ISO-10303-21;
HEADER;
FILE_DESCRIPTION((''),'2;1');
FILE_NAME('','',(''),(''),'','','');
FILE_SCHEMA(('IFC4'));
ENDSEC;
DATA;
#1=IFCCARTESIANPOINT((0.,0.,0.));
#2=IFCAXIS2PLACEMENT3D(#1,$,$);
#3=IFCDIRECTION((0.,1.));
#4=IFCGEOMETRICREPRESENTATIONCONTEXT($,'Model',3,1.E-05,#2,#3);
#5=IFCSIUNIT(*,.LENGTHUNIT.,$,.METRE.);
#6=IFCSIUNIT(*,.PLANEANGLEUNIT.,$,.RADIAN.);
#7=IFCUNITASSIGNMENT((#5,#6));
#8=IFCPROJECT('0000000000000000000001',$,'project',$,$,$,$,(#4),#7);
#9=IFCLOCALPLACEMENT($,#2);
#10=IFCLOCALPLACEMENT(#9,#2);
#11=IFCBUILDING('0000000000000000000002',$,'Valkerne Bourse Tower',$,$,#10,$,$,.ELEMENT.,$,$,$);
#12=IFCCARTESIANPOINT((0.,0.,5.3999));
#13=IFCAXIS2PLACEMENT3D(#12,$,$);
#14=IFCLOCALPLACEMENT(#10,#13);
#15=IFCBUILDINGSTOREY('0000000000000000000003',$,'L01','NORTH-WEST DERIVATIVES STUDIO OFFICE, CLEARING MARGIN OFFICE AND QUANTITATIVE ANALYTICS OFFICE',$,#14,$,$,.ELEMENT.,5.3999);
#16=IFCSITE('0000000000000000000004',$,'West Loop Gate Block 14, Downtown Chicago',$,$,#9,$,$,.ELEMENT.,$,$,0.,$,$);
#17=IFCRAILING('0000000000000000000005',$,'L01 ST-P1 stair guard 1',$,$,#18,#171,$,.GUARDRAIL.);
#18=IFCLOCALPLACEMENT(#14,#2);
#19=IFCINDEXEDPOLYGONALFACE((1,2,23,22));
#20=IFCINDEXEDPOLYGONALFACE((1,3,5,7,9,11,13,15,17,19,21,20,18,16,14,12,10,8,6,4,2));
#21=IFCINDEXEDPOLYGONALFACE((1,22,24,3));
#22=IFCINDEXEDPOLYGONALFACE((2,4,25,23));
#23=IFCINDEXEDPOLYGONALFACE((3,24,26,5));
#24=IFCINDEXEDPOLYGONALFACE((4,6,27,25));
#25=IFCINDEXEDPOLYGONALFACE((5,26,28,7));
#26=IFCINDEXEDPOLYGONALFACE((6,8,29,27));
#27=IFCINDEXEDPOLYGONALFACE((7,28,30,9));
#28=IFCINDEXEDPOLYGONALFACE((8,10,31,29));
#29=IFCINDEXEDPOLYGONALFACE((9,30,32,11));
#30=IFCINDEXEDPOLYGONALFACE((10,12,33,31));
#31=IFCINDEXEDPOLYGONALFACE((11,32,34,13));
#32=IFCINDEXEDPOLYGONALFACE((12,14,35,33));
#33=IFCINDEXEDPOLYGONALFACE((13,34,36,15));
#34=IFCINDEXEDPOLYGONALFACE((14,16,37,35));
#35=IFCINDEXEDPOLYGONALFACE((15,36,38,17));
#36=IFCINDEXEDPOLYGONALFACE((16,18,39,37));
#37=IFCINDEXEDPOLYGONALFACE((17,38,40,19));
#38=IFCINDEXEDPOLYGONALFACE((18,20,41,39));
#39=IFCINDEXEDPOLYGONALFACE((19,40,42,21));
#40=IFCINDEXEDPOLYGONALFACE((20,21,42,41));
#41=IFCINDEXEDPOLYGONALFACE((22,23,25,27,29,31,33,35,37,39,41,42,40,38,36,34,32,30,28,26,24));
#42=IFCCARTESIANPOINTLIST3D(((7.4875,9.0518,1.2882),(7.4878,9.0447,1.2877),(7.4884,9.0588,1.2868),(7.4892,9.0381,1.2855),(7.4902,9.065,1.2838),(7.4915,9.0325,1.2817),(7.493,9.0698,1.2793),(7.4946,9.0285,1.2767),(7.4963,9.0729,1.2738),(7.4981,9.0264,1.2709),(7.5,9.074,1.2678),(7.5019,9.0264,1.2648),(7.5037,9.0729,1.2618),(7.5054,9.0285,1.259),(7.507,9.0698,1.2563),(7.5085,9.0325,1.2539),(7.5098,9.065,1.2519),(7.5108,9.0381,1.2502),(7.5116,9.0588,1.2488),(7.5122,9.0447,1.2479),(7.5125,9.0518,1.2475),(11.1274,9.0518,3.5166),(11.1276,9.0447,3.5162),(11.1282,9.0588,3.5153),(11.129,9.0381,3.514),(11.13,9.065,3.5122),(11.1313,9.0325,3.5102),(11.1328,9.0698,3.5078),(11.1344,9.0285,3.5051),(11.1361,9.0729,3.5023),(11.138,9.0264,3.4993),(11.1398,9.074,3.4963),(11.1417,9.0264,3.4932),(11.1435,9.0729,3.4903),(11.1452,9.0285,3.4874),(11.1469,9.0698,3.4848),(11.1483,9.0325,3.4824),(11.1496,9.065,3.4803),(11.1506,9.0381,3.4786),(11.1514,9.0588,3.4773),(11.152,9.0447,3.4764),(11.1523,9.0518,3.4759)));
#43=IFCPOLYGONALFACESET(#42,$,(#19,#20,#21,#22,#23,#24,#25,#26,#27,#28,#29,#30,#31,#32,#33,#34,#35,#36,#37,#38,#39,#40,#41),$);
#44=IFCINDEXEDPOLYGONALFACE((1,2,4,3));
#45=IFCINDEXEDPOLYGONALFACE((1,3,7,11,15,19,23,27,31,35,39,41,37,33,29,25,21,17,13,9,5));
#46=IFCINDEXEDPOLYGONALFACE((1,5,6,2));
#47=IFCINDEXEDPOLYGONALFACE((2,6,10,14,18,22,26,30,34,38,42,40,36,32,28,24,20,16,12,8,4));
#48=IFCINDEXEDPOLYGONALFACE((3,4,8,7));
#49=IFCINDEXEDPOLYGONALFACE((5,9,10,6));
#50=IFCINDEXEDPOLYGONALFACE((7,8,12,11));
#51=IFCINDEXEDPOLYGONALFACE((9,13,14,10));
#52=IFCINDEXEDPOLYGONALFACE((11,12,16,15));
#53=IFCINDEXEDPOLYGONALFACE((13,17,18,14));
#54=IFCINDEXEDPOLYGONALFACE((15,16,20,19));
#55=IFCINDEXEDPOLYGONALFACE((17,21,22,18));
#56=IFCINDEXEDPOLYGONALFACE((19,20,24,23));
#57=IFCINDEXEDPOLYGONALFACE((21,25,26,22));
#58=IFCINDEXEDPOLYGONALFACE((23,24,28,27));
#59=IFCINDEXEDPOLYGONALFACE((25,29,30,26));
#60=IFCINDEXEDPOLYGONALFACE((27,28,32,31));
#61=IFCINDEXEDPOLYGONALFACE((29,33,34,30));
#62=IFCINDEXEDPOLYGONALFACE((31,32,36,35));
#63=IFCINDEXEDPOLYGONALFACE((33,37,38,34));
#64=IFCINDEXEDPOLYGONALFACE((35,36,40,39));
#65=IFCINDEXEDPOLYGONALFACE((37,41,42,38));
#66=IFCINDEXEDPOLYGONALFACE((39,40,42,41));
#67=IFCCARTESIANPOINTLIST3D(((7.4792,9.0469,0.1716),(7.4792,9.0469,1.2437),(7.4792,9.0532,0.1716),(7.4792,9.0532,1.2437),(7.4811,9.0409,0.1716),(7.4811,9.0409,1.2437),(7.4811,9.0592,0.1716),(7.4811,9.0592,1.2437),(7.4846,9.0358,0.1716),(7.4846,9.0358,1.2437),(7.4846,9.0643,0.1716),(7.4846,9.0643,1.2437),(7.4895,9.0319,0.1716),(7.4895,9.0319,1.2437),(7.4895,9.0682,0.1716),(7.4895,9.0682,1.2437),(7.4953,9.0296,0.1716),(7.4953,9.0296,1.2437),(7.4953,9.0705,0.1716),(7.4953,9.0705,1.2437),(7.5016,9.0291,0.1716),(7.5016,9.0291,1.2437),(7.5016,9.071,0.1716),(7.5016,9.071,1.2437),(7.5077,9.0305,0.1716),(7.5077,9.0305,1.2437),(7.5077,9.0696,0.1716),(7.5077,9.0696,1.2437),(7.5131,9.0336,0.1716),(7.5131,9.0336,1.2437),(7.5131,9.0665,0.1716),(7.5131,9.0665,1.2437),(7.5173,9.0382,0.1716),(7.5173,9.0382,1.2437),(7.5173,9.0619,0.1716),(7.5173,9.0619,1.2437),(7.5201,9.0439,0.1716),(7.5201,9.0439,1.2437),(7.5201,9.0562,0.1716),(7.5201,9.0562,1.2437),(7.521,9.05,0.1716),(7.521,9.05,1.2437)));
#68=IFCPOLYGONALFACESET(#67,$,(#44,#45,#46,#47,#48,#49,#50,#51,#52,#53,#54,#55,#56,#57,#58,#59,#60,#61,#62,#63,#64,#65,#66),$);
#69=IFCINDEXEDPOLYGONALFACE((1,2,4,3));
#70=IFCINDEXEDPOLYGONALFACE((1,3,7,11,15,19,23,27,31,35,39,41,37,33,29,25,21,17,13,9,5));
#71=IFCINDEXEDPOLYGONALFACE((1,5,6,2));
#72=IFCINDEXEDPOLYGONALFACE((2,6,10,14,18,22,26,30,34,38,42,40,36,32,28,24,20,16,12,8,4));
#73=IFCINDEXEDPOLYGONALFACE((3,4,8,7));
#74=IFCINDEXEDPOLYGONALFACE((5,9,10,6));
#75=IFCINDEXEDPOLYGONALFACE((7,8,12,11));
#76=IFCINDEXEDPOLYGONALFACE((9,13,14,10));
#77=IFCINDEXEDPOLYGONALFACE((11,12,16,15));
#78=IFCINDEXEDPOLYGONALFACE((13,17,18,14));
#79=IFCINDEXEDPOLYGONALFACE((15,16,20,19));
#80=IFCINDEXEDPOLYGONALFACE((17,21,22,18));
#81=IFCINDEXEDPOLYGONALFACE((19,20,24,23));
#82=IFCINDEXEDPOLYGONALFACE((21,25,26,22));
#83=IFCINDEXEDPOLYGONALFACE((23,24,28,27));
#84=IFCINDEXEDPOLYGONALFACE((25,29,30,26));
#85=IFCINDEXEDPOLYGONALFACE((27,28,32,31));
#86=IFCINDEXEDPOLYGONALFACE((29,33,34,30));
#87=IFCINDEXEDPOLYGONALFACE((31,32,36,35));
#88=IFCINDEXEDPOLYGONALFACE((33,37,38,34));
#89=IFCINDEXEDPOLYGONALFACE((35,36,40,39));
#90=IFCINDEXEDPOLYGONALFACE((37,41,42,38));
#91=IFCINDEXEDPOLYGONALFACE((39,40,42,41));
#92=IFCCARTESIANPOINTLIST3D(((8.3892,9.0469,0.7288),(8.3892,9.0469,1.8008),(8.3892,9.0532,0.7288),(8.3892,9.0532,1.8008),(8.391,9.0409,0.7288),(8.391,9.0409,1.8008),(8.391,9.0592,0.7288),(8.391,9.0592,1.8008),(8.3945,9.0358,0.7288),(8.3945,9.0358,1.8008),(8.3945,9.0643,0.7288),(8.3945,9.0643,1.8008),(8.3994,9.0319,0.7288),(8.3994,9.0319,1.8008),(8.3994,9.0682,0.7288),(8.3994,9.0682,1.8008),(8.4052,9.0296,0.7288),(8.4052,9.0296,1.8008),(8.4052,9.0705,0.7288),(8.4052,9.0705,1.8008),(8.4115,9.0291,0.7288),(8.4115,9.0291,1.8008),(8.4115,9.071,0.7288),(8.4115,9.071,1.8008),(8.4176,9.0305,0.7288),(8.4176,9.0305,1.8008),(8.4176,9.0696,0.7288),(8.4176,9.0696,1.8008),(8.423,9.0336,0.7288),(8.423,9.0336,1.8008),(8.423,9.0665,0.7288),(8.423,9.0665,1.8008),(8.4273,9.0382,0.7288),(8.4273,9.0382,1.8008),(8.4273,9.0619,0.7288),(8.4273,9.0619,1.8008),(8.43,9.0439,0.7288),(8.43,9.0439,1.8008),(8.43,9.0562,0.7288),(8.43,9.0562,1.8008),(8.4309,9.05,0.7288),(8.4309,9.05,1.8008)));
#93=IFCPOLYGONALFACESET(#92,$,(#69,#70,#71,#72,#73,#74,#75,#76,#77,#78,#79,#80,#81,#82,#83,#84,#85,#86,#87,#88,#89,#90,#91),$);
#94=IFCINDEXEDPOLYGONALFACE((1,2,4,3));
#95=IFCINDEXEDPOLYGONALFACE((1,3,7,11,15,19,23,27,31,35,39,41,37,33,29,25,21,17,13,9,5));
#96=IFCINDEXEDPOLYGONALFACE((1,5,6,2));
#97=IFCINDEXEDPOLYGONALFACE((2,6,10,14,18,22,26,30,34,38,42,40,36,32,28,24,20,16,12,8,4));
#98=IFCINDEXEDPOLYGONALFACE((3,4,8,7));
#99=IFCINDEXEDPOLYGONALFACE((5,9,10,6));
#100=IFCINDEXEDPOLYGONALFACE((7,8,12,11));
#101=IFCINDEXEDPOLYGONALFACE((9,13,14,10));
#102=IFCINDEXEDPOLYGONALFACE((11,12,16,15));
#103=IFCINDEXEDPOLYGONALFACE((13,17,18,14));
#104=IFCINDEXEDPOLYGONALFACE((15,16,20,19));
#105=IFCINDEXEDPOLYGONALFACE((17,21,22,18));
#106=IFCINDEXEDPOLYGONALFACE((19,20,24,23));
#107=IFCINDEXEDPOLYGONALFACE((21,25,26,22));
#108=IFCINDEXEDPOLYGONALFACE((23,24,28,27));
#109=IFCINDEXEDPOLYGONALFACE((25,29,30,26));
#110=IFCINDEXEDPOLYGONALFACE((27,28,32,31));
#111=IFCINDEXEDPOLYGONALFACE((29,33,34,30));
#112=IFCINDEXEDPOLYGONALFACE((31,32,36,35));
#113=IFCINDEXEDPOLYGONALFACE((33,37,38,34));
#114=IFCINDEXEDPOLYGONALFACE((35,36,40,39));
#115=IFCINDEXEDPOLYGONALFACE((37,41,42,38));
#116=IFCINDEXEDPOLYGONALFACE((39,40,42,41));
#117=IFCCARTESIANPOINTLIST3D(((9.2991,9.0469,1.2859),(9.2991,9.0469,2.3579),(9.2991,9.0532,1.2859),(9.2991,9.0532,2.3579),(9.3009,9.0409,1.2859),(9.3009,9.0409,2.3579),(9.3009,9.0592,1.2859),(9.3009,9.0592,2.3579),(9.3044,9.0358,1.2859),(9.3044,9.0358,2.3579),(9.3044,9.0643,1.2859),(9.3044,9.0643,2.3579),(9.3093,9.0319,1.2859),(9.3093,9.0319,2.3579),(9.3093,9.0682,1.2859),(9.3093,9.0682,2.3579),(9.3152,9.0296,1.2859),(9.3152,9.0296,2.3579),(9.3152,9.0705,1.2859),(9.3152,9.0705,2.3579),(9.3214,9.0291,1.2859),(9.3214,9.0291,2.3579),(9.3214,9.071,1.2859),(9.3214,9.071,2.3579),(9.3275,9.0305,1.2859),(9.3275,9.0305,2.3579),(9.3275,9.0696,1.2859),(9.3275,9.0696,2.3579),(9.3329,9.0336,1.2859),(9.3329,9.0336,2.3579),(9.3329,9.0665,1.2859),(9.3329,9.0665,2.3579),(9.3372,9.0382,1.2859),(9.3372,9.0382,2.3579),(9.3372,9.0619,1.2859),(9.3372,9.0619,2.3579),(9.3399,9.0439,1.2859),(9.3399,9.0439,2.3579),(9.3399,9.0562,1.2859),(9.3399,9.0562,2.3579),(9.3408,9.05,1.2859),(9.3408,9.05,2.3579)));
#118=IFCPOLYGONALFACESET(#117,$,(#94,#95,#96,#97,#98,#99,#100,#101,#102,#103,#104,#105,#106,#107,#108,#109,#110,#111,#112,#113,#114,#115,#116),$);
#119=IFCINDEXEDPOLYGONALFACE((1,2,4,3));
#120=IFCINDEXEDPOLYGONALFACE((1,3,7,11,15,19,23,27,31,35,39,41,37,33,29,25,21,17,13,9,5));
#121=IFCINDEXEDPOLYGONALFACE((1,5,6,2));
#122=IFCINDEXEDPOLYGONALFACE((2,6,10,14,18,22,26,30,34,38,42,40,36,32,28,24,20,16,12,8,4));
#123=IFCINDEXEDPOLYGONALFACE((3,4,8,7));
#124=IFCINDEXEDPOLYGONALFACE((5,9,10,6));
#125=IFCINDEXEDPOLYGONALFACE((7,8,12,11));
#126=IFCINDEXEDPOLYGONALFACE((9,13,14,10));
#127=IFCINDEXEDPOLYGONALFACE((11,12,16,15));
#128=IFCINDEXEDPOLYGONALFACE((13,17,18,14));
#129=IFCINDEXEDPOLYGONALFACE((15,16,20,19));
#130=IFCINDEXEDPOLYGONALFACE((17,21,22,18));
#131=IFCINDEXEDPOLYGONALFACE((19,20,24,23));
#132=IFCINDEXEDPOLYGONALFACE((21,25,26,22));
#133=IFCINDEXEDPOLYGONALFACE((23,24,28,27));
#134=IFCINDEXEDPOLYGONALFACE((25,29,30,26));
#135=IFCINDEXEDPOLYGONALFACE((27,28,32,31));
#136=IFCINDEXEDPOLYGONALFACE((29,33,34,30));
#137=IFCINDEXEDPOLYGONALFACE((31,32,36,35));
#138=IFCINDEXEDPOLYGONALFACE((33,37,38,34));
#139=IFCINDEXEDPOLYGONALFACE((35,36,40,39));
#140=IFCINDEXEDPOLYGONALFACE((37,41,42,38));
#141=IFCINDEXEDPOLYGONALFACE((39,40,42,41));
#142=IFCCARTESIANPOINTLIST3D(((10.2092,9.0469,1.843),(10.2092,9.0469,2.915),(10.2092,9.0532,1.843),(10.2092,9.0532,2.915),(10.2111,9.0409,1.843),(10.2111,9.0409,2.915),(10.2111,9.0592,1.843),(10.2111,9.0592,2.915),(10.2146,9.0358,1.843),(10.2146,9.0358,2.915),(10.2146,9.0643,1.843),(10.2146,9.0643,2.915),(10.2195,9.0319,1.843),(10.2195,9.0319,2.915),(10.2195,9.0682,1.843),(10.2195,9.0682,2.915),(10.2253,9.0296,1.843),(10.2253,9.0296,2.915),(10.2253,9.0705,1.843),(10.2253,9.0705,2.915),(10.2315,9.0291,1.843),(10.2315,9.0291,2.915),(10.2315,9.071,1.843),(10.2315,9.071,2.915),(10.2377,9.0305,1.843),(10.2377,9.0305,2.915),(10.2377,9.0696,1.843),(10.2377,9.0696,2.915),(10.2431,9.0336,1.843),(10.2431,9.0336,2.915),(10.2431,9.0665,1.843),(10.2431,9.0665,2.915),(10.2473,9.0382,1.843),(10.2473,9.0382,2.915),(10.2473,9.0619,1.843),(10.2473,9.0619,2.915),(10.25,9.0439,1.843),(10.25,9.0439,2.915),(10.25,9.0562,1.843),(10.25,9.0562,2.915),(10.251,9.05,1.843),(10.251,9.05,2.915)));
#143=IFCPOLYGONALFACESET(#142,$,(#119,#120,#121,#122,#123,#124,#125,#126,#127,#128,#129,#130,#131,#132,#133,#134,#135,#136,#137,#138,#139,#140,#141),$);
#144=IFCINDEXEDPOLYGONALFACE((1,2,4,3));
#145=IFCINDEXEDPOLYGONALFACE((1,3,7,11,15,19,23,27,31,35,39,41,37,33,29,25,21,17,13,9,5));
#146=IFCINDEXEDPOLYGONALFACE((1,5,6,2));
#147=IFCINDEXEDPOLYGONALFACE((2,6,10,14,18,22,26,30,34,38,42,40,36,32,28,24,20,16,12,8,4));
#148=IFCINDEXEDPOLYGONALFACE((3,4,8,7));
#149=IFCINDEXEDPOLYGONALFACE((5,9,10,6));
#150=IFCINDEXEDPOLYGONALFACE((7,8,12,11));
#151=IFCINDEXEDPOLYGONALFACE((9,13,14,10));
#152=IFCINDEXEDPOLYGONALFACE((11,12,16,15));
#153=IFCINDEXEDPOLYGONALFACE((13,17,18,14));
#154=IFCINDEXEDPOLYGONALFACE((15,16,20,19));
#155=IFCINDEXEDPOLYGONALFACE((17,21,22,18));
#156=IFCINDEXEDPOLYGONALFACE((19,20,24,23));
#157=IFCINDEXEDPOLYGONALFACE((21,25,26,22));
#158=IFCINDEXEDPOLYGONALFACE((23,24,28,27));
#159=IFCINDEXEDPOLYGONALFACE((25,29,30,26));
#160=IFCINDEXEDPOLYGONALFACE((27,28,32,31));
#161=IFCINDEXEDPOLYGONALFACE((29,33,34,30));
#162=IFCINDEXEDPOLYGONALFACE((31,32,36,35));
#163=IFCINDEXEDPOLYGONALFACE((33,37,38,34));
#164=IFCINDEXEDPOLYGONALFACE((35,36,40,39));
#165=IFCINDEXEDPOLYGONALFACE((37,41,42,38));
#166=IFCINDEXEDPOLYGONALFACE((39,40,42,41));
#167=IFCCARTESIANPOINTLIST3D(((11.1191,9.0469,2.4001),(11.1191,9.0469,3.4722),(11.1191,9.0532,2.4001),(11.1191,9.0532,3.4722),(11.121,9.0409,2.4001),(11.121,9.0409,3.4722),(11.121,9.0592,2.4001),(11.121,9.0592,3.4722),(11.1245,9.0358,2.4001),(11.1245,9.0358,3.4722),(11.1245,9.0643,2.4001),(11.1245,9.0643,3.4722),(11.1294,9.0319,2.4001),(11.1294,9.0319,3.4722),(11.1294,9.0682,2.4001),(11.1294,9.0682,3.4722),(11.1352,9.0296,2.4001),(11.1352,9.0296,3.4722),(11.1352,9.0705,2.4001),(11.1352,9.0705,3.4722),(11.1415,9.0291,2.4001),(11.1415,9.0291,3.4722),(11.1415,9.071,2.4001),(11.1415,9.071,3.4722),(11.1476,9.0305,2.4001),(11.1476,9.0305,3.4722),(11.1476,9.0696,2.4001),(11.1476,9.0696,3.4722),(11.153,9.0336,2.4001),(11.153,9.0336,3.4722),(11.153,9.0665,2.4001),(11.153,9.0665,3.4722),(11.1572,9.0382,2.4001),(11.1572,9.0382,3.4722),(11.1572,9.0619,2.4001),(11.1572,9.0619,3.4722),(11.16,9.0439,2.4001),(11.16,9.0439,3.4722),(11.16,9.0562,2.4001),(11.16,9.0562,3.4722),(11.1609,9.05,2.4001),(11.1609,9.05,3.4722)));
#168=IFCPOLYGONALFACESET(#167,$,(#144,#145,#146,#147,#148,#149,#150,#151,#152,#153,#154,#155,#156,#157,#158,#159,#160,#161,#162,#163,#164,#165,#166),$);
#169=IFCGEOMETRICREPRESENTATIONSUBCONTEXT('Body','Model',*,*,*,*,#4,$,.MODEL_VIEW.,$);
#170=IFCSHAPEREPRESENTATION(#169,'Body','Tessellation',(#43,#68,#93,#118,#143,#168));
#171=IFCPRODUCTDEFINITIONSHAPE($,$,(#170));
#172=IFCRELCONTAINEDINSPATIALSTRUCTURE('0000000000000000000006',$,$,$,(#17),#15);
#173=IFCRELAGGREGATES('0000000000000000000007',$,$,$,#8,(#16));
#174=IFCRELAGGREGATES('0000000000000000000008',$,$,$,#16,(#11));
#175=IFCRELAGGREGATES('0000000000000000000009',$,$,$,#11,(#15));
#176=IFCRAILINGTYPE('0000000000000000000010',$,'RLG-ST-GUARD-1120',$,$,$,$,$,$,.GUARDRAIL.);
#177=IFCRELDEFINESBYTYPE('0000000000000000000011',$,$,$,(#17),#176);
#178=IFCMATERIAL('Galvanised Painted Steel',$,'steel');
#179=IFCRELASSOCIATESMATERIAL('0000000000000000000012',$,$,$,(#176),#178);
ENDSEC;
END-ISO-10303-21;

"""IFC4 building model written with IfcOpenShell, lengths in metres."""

from ifc_helpers import new_model, si_unit, direction, frame, origin, origin_2d, place, context, subcontext, project, spatial, circle, extrude, material, type_object, element, save


model = new_model("IFC4")

# Units and contexts
model_context = context("Model", 3, precision=1e-05, world=origin(), true_north=direction((0.0, 1.0)))
body_context = subcontext(model_context, "Body", "Model", "MODEL_VIEW")
ifc_project = project(units=[si_unit("LENGTHUNIT", "METRE"), si_unit("PLANEANGLEUNIT", "RADIAN")], contexts=[model_context])

# Site, building, storey
site_placement = place(None, origin())
site = spatial("IfcSite", under=ifc_project, at=site_placement, Name="West Loop Gate Block 14, Downtown Chicago", CompositionType="ELEMENT", RefElevation=0.0)
building_placement = place(site_placement, origin())
building = spatial("IfcBuilding", under=site, at=building_placement, Name="Valkerne Bourse Tower", CompositionType="ELEMENT")
storey_placement = place(building_placement, frame((0.0, 0.0, 5.3999)))
storey = spatial("IfcBuildingStorey", under=building, at=storey_placement, Name="L01", Description="NORTH-WEST DERIVATIVES STUDIO OFFICE, CLEARING MARGIN OFFICE AND QUANTITATIVE ANALYTICS OFFICE", CompositionType="ELEMENT", Elevation=5.3999)

# Railing
ifc_material_1 = material(Name="Galvanised Painted Steel", Category="steel")
railing_type_1 = type_object("IfcRailingType", Name="RLG-ST-GUARD-1120", PredefinedType="GUARDRAIL", material=ifc_material_1)
railing_1_placement = place(storey_placement, frame((7.5, 9.05, 0.1716)))
element("IfcRailing", 1, at=railing_1_placement, inside=storey, type_object=railing_type_1, Name="L01 ST-P1 stair guard 1", PredefinedType="GUARDRAIL", context=body_context, shape_type="SweptSolid", body=[
    extrude(circle(Radius=0.0239, at=origin_2d()), frame((0.0, 0.0, 1.0962), z_axis=(0.85285, 0.0, 0.522156), x_axis=(0.0, 1.0, 0.0)), (0.0, 0.0, 1.0), 4.2678),
    extrude(circle(Radius=0.021, at=origin_2d()), origin(), (0.0, 0.0, 1.0), 1.072),
    extrude(circle(Radius=0.021, at=origin_2d()), frame((0.9099, 0.0, 0.5571)), (0.0, 0.0, 1.0), 1.072),
    extrude(circle(Radius=0.021, at=origin_2d()), frame((1.8198, 0.0, 1.1143)), (0.0, 0.0, 1.0), 1.072),
    extrude(circle(Radius=0.021, at=origin_2d()), frame((2.73, 0.0, 1.6714)), (0.0, 0.0, 1.0), 1.072),
    extrude(circle(Radius=0.021, at=origin_2d()), frame((3.6399, 0.0, 2.2285)), (0.0, 0.0, 1.0), 1.072),
])

save(model, "model.ifc")
